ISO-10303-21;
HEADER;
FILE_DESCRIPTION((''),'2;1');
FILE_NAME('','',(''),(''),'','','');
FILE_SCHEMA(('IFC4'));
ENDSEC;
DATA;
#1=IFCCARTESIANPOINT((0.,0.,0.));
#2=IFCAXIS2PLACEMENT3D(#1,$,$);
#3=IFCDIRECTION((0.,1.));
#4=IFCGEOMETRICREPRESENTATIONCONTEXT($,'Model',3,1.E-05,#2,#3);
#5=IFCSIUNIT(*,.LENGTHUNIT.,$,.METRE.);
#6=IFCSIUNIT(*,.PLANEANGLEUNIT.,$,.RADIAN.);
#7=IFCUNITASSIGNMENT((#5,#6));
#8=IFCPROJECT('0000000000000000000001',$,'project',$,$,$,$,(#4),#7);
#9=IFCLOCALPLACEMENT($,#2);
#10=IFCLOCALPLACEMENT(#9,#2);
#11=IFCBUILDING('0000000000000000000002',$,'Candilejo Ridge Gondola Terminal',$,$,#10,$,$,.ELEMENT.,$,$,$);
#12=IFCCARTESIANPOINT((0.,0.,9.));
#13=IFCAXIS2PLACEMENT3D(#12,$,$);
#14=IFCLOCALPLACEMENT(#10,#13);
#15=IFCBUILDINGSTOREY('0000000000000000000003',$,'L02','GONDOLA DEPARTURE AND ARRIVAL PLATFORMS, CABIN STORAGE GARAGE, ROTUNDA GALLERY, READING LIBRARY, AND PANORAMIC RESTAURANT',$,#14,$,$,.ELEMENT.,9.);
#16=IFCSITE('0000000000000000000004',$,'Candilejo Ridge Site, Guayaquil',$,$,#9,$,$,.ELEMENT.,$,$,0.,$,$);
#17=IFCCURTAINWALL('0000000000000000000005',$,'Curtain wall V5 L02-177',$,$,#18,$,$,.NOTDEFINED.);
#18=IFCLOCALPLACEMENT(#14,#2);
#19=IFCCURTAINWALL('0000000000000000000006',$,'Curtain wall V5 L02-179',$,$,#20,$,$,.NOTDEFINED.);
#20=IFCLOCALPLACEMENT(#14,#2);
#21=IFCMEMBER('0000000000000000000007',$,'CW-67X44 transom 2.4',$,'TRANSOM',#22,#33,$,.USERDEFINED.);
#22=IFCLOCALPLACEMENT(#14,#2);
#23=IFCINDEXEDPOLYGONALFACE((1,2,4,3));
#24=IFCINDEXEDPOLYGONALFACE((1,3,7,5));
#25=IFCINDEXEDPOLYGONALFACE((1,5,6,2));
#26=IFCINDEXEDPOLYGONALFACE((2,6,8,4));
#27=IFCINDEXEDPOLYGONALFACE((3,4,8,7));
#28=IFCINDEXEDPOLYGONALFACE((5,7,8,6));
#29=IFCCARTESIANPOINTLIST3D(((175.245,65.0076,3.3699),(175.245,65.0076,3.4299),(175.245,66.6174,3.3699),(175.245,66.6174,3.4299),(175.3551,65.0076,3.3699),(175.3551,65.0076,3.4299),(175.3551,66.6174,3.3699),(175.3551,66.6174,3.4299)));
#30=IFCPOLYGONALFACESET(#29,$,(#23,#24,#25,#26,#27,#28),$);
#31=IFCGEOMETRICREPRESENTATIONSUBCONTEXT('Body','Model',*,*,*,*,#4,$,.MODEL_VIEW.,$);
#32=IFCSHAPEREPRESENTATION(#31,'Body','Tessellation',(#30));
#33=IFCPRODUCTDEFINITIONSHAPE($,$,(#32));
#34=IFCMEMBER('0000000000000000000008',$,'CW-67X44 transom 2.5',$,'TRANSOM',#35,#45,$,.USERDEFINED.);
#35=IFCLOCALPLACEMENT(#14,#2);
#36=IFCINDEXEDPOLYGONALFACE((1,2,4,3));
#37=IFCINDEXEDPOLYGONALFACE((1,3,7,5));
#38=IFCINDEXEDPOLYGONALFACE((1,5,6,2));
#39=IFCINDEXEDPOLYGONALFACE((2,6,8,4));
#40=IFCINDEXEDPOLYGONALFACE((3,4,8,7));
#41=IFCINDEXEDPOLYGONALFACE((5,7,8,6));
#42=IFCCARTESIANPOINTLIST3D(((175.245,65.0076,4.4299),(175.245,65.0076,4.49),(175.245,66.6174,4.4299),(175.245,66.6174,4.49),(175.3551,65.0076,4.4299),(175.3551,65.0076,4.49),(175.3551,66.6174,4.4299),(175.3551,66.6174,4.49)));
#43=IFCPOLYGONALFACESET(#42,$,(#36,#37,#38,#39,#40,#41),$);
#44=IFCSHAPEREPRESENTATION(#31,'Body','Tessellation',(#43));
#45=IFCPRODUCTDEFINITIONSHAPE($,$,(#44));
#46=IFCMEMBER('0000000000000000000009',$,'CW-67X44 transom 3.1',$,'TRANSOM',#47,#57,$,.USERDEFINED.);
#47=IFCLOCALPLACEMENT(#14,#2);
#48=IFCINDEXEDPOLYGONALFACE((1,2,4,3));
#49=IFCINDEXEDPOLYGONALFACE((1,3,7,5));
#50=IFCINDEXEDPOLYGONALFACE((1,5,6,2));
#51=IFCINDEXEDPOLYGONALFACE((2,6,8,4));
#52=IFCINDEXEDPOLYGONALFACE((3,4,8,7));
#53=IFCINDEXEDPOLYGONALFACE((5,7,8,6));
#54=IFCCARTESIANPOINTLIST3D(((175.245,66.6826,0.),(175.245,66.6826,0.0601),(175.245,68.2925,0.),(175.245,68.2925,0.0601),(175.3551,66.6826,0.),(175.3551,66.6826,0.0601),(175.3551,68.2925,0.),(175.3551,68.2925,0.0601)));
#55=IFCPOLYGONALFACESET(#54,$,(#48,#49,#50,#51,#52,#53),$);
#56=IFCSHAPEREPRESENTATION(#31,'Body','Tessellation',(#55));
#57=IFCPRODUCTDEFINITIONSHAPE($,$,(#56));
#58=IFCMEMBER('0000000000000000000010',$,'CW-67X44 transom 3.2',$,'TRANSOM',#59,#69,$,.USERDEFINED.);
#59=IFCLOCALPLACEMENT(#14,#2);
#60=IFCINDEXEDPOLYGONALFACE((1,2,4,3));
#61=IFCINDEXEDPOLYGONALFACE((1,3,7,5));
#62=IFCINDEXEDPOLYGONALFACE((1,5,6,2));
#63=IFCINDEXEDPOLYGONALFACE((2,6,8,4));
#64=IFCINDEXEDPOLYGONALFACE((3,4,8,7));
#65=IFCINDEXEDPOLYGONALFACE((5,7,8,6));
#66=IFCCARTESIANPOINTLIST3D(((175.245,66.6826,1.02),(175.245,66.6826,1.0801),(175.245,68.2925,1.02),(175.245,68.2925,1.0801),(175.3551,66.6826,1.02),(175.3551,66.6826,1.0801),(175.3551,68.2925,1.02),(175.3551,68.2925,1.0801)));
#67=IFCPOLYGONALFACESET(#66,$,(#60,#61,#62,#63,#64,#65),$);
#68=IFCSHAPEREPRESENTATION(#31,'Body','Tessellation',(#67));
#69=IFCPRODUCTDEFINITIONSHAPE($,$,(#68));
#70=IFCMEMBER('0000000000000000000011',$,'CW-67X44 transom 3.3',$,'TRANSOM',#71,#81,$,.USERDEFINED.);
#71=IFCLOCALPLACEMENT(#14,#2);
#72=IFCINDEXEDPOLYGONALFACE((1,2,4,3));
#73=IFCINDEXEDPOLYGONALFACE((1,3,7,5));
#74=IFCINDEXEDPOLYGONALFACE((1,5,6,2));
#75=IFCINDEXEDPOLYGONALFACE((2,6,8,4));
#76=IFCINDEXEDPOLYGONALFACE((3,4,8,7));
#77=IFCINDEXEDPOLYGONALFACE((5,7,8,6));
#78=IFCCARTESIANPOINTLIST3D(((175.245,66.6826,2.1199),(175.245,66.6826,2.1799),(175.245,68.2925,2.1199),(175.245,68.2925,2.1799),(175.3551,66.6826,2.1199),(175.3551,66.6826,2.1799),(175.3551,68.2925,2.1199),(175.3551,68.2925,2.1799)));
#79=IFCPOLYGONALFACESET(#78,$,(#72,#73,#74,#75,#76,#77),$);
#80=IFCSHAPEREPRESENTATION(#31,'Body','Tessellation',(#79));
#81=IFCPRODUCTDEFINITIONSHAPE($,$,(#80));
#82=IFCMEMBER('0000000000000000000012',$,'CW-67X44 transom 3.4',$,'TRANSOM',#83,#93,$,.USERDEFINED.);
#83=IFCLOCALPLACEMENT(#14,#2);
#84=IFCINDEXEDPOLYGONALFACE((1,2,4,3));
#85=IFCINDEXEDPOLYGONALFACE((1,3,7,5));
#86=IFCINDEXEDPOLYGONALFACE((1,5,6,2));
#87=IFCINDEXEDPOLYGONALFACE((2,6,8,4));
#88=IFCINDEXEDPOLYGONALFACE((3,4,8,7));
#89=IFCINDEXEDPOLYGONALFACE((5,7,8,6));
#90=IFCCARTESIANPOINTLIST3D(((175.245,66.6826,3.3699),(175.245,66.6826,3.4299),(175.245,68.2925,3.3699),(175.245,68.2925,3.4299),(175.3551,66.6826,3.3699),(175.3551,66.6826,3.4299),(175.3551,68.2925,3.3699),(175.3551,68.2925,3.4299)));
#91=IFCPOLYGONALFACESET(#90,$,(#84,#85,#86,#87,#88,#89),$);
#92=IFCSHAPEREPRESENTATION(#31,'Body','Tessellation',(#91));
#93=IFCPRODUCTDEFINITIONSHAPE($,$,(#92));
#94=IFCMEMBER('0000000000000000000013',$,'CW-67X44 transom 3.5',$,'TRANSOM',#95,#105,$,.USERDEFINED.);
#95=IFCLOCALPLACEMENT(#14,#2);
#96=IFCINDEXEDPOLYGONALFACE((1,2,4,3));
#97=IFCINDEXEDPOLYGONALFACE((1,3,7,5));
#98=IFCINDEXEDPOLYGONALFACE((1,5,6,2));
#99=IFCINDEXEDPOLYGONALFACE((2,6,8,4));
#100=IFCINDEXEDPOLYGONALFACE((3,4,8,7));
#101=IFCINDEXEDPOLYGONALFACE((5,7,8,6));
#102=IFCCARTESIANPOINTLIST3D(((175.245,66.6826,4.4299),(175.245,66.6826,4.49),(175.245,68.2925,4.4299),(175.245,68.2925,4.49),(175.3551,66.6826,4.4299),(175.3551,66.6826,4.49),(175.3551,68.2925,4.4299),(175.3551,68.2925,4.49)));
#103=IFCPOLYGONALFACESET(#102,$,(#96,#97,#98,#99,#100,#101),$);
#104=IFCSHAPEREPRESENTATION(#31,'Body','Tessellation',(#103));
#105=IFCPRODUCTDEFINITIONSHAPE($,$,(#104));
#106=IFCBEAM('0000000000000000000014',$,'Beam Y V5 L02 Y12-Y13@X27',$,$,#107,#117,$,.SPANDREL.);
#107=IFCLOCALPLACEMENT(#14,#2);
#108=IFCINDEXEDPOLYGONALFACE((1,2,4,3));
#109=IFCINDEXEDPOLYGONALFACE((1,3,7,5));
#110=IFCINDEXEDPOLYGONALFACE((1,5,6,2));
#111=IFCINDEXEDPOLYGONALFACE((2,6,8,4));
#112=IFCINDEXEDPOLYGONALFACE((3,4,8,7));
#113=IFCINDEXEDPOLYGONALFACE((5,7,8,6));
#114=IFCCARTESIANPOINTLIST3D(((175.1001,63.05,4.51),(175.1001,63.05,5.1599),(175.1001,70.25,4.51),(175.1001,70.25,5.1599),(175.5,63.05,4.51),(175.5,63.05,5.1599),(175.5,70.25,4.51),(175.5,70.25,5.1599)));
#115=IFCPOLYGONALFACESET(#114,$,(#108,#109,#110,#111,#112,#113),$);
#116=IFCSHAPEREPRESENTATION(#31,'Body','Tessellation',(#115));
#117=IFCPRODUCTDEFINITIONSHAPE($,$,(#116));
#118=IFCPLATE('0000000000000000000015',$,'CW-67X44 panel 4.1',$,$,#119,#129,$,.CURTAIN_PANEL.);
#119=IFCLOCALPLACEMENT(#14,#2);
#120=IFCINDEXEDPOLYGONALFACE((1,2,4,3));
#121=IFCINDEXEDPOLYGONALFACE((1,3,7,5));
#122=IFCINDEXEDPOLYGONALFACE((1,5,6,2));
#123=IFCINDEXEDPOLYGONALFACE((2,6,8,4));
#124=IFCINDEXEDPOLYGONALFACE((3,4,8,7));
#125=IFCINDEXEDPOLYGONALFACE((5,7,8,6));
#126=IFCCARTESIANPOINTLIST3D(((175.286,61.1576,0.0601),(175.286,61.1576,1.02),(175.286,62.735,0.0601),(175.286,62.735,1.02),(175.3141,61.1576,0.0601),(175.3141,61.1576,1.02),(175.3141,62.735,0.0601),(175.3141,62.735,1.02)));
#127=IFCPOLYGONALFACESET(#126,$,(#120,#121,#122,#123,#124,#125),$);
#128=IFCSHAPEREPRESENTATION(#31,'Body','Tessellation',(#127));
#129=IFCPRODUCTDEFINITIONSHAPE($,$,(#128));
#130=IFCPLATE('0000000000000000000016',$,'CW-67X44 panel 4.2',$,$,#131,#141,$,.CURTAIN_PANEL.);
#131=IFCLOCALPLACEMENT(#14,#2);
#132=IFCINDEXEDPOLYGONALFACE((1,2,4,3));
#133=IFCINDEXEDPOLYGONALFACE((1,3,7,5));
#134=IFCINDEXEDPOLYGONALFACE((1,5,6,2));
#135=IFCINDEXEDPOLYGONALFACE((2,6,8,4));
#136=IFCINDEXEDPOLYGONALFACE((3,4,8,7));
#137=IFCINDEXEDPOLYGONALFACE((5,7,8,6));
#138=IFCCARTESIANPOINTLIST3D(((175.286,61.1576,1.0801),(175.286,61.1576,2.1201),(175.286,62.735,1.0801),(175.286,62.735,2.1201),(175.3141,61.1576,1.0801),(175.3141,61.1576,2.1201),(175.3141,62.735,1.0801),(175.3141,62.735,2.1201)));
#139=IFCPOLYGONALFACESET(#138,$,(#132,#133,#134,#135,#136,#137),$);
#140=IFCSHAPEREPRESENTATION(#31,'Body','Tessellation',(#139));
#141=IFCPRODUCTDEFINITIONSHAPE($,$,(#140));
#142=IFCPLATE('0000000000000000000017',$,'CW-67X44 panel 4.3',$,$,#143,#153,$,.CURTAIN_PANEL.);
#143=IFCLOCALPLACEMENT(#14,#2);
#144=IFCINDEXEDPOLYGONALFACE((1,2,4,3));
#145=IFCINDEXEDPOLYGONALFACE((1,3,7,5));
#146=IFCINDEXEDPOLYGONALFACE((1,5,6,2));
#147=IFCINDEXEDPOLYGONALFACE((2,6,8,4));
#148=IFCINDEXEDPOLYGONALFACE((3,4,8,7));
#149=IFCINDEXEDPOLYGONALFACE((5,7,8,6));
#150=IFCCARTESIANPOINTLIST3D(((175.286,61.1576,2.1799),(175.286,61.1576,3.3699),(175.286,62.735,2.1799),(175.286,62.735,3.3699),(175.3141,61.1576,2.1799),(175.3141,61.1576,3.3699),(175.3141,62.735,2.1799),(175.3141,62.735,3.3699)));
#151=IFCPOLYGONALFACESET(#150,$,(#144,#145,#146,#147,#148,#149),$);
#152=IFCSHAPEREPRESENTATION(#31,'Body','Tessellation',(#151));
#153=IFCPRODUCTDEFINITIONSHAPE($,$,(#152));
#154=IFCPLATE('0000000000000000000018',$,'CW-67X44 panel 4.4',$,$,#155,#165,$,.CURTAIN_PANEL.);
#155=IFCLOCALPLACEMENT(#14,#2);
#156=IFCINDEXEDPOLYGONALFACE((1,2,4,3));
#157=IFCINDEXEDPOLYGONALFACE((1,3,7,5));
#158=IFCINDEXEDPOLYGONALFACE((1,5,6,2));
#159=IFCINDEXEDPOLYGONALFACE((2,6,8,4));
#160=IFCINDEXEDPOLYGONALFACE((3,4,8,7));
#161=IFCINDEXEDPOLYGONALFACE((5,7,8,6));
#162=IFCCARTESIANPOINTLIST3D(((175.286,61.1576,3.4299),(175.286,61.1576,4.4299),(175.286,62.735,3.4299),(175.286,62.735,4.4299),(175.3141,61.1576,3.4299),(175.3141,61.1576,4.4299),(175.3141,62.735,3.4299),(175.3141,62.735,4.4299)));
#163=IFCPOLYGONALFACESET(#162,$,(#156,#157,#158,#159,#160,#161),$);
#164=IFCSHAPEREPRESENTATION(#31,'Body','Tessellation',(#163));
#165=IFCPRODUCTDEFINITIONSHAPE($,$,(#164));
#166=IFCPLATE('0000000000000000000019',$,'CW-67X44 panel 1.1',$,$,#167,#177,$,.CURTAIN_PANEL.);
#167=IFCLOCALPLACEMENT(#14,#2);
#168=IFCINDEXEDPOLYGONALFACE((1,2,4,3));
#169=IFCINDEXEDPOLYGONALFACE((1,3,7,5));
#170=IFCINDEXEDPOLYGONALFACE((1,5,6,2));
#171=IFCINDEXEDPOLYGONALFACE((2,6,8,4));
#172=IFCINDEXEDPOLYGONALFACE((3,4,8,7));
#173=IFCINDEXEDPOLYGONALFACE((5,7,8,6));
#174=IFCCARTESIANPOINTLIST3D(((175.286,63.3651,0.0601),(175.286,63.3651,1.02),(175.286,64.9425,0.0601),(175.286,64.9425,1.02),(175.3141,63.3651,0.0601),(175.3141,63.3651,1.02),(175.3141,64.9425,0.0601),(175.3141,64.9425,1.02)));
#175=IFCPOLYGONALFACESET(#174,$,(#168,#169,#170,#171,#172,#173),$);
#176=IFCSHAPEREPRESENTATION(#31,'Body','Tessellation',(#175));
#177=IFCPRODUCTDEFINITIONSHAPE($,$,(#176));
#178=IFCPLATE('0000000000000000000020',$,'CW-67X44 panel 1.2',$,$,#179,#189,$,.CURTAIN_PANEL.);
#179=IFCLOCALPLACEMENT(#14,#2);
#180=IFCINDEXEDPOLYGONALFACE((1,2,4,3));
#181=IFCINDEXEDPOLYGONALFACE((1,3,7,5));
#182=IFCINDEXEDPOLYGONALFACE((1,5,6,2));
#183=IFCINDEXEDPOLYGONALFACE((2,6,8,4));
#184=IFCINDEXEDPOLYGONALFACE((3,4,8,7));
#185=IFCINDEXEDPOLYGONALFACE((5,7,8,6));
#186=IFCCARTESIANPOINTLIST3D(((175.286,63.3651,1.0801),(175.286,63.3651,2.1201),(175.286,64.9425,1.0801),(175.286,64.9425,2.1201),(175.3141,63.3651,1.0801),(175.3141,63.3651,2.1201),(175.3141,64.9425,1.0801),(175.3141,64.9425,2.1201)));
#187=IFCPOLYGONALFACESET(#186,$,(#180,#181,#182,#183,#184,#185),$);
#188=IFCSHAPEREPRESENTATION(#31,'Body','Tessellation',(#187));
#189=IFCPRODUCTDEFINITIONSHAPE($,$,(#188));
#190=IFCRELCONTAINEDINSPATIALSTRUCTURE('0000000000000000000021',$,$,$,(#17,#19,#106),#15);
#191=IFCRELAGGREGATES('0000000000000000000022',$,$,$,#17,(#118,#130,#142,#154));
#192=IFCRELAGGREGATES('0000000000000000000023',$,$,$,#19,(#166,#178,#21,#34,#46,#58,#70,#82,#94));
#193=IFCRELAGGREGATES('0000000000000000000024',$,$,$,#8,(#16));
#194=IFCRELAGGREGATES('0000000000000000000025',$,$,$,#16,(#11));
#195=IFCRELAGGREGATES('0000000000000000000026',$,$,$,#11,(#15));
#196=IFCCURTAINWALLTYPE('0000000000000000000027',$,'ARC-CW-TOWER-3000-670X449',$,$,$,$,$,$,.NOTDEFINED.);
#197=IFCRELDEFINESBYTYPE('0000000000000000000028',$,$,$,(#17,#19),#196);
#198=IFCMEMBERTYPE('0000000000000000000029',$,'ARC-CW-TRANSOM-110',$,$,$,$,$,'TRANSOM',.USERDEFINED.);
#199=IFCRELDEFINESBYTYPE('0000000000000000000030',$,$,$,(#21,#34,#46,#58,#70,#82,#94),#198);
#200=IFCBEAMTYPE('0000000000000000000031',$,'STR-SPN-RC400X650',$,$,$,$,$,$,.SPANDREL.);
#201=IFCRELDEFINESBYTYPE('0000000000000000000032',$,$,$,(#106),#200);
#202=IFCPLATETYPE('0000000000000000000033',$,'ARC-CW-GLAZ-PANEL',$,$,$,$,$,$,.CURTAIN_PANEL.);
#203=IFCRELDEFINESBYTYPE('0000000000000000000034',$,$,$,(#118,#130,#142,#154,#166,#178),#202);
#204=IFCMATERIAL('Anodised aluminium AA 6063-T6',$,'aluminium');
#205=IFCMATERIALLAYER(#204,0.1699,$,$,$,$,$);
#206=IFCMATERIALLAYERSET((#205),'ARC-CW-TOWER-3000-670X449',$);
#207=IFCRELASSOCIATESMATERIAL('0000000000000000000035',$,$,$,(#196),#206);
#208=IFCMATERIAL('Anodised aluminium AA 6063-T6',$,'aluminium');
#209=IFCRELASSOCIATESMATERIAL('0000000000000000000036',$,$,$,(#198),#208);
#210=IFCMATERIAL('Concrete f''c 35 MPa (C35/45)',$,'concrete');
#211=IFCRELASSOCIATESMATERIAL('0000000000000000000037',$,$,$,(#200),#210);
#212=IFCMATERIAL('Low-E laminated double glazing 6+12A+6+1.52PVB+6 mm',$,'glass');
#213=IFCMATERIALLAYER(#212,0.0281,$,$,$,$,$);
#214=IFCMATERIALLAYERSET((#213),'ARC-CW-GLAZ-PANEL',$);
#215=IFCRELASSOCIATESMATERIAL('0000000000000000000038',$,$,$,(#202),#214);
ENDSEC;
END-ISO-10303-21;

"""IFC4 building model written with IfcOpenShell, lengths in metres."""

from ifc_helpers import new_model, si_unit, direction, frame, origin, origin_2d, place, context, subcontext, project, spatial, rectangle, extrude, material, layer, layer_set, material_profile, profile_set, type_object, element, aggregate, save


model = new_model("IFC4")

# Units and contexts
model_context = context("Model", 3, precision=1e-05, world=origin(), true_north=direction((0.0, 1.0)))
body_context = subcontext(model_context, "Body", "Model", "MODEL_VIEW")
ifc_project = project(units=[si_unit("LENGTHUNIT", "METRE"), si_unit("PLANEANGLEUNIT", "RADIAN")], contexts=[model_context])

# Site, building, storey
site_placement = place(None, origin())
site = spatial("IfcSite", under=ifc_project, at=site_placement, Name="Candilejo Ridge Site, Guayaquil", CompositionType="ELEMENT", RefElevation=0.0)
building_placement = place(site_placement, origin())
building = spatial("IfcBuilding", under=site, at=building_placement, Name="Candilejo Ridge Gondola Terminal", CompositionType="ELEMENT")
storey_placement = place(building_placement, frame((0.0, 0.0, 9.0)))
storey = spatial("IfcBuildingStorey", under=building, at=storey_placement, Name="L02", Description="GONDOLA DEPARTURE AND ARRIVAL PLATFORMS, CABIN STORAGE GARAGE, ROTUNDA GALLERY, READING LIBRARY, AND PANORAMIC RESTAURANT", CompositionType="ELEMENT", Elevation=9.0)

# Curtain wall
ifc_material_1 = material(Name="Anodised aluminium AA 6063-T6", Category="aluminium")
ifc_layer_1 = layer(ifc_material_1, 0.1699)
ifc_layer_set_1 = layer_set([ifc_layer_1], Name="ARC-CW-TOWER-3000-670X449")
curtain_wall_type = type_object("IfcCurtainWallType", Name="ARC-CW-TOWER-3000-670X449", PredefinedType="NOTDEFINED", material=ifc_layer_set_1)
curtain_wall_1_placement = place(storey_placement, origin())
curtain_wall_1 = element("IfcCurtainWall", 1, at=curtain_wall_1_placement, inside=storey, type_object=curtain_wall_type, Name="Curtain wall V5 L02-177", PredefinedType="NOTDEFINED")

# Curtain wall
curtain_wall_2_placement = place(storey_placement, origin())
curtain_wall_2 = element("IfcCurtainWall", 2, at=curtain_wall_2_placement, inside=storey, type_object=curtain_wall_type, Name="Curtain wall V5 L02-179", PredefinedType="NOTDEFINED")

# Members
ifc_material_2 = material(Name="Anodised aluminium AA 6063-T6", Category="aluminium")
ifc_material_profile_1 = material_profile(ifc_material_2, rectangle(XDim=0.1101, YDim=0.0601, at=origin_2d()))
ifc_profile_set_1 = profile_set([ifc_material_profile_1], Name="Anodised aluminium AA 6063-T6")
member_type_1 = type_object("IfcMemberType", Name="ARC-CW-TRANSOM-110", ElementType="TRANSOM", PredefinedType="USERDEFINED", material=ifc_profile_set_1)
member_1_placement = place(storey_placement, frame((175.3, 65.0076, 3.3999), z_axis=(0.0, 1.0, 0.0), x_axis=(-1.0, 0.0, 0.0)))
member_1 = element("IfcMember", 3, at=member_1_placement, type_object=member_type_1, Name="CW-67X44 transom 2.4", ObjectType="TRANSOM", PredefinedType="USERDEFINED", context=body_context, shape_type="SweptSolid", body=[
    extrude(rectangle(XDim=0.1101, YDim=0.0601, at=origin_2d()), origin(), (0.0, 0.0, 1.0), 1.6099),
])
member_2_placement = place(storey_placement, frame((175.3, 65.0076, 4.46), z_axis=(0.0, 1.0, 0.0), x_axis=(-1.0, 0.0, 0.0)))
member_2 = element("IfcMember", 4, at=member_2_placement, type_object=member_type_1, Name="CW-67X44 transom 2.5", ObjectType="TRANSOM", PredefinedType="USERDEFINED", context=body_context, shape_type="SweptSolid", body=[
    extrude(rectangle(XDim=0.1101, YDim=0.0601, at=origin_2d()), origin(), (0.0, 0.0, 1.0), 1.6099),
])
member_3_placement = place(storey_placement, frame((175.3, 66.6826, 0.03), z_axis=(0.0, 1.0, 0.0), x_axis=(-1.0, 0.0, 0.0)))
member_3 = element("IfcMember", 5, at=member_3_placement, type_object=member_type_1, Name="CW-67X44 transom 3.1", ObjectType="TRANSOM", PredefinedType="USERDEFINED", context=body_context, shape_type="SweptSolid", body=[
    extrude(rectangle(XDim=0.1101, YDim=0.0601, at=origin_2d()), origin(), (0.0, 0.0, 1.0), 1.6099),
])
member_4_placement = place(storey_placement, frame((175.3, 66.6826, 1.05), z_axis=(0.0, 1.0, 0.0), x_axis=(-1.0, 0.0, 0.0)))
member_4 = element("IfcMember", 6, at=member_4_placement, type_object=member_type_1, Name="CW-67X44 transom 3.2", ObjectType="TRANSOM", PredefinedType="USERDEFINED", context=body_context, shape_type="SweptSolid", body=[
    extrude(rectangle(XDim=0.1101, YDim=0.0601, at=origin_2d()), origin(), (0.0, 0.0, 1.0), 1.6099),
])
member_5_placement = place(storey_placement, frame((175.3, 66.6826, 2.1499), z_axis=(0.0, 1.0, 0.0), x_axis=(-1.0, 0.0, 0.0)))
member_5 = element("IfcMember", 7, at=member_5_placement, type_object=member_type_1, Name="CW-67X44 transom 3.3", ObjectType="TRANSOM", PredefinedType="USERDEFINED", context=body_context, shape_type="SweptSolid", body=[
    extrude(rectangle(XDim=0.1101, YDim=0.0601, at=origin_2d()), origin(), (0.0, 0.0, 1.0), 1.6099),
])
member_6_placement = place(storey_placement, frame((175.3, 66.6826, 3.3999), z_axis=(0.0, 1.0, 0.0), x_axis=(-1.0, 0.0, 0.0)))
member_6 = element("IfcMember", 8, at=member_6_placement, type_object=member_type_1, Name="CW-67X44 transom 3.4", ObjectType="TRANSOM", PredefinedType="USERDEFINED", context=body_context, shape_type="SweptSolid", body=[
    extrude(rectangle(XDim=0.1101, YDim=0.0601, at=origin_2d()), origin(), (0.0, 0.0, 1.0), 1.6099),
])
member_7_placement = place(storey_placement, frame((175.3, 66.6826, 4.46), z_axis=(0.0, 1.0, 0.0), x_axis=(-1.0, 0.0, 0.0)))
member_7 = element("IfcMember", 9, at=member_7_placement, type_object=member_type_1, Name="CW-67X44 transom 3.5", ObjectType="TRANSOM", PredefinedType="USERDEFINED", context=body_context, shape_type="SweptSolid", body=[
    extrude(rectangle(XDim=0.1101, YDim=0.0601, at=origin_2d()), origin(), (0.0, 0.0, 1.0), 1.6099),
])

# Beam
ifc_material_3 = material(Name="Concrete f'c 35 MPa (C35/45)", Category="concrete")
ifc_material_profile_2 = material_profile(ifc_material_3, rectangle(XDim=0.3999, YDim=0.6499, at=origin_2d()))
ifc_profile_set_2 = profile_set([ifc_material_profile_2], Name="Concrete f'c 35 MPa (C35/45)")
beam_type = type_object("IfcBeamType", Name="STR-SPN-RC400X650", PredefinedType="SPANDREL", material=ifc_profile_set_2)
beam_placement = place(storey_placement, frame((175.3, 63.05, 4.835), z_axis=(0.0, 1.0, 0.0), x_axis=(-1.0, 0.0, 0.0)))
element("IfcBeam", 10, at=beam_placement, inside=storey, type_object=beam_type, Name="Beam Y V5 L02 Y12-Y13@X27", PredefinedType="SPANDREL", context=body_context, shape_type="SweptSolid", body=[
    extrude(rectangle(XDim=0.3999, YDim=0.6499, at=origin_2d()), origin(), (0.0, 0.0, 1.0), 7.2),
])

# Plates
ifc_material_4 = material(Name="Low-E laminated double glazing 6+12A+6+1.52PVB+6 mm", Category="glass")
ifc_layer_2 = layer(ifc_material_4, 0.0281)
ifc_layer_set_2 = layer_set([ifc_layer_2], Name="ARC-CW-GLAZ-PANEL")
plate_type = type_object("IfcPlateType", Name="ARC-CW-GLAZ-PANEL", PredefinedType="CURTAIN_PANEL", material=ifc_layer_set_2)
plate_1_placement = place(storey_placement, frame((175.3, 61.9463, 0.0601), z_axis=(0.0, 0.0, 1.0), x_axis=(0.0, 1.0, 0.0)))
plate_1 = element("IfcPlate", 11, at=plate_1_placement, type_object=plate_type, Name="CW-67X44 panel 4.1", PredefinedType="CURTAIN_PANEL", context=body_context, shape_type="SweptSolid", body=[
    extrude(rectangle(XDim=1.5774, YDim=0.0281, at=origin_2d()), origin(), (0.0, 0.0, 1.0), 0.96),
])
plate_2_placement = place(storey_placement, frame((175.3, 61.9463, 1.0801), z_axis=(0.0, 0.0, 1.0), x_axis=(0.0, 1.0, 0.0)))
plate_2 = element("IfcPlate", 12, at=plate_2_placement, type_object=plate_type, Name="CW-67X44 panel 4.2", PredefinedType="CURTAIN_PANEL", context=body_context, shape_type="SweptSolid", body=[
    extrude(rectangle(XDim=1.5774, YDim=0.0281, at=origin_2d()), origin(), (0.0, 0.0, 1.0), 1.04),
])
plate_3_placement = place(storey_placement, frame((175.3, 61.9463, 2.1799), z_axis=(0.0, 0.0, 1.0), x_axis=(0.0, 1.0, 0.0)))
plate_3 = element("IfcPlate", 13, at=plate_3_placement, type_object=plate_type, Name="CW-67X44 panel 4.3", PredefinedType="CURTAIN_PANEL", context=body_context, shape_type="SweptSolid", body=[
    extrude(rectangle(XDim=1.5774, YDim=0.0281, at=origin_2d()), origin(), (0.0, 0.0, 1.0), 1.1899),
])
plate_4_placement = place(storey_placement, frame((175.3, 61.9463, 3.4299), z_axis=(0.0, 0.0, 1.0), x_axis=(0.0, 1.0, 0.0)))
plate_4 = element("IfcPlate", 14, at=plate_4_placement, type_object=plate_type, Name="CW-67X44 panel 4.4", PredefinedType="CURTAIN_PANEL", context=body_context, shape_type="SweptSolid", body=[
    extrude(rectangle(XDim=1.5774, YDim=0.0281, at=origin_2d()), origin(), (0.0, 0.0, 1.0), 1.0),
])
aggregate(curtain_wall_1, [plate_1, plate_2, plate_3, plate_4])
plate_5_placement = place(storey_placement, frame((175.3, 64.1538, 0.0601), z_axis=(0.0, 0.0, 1.0), x_axis=(0.0, 1.0, 0.0)))
plate_5 = element("IfcPlate", 15, at=plate_5_placement, type_object=plate_type, Name="CW-67X44 panel 1.1", PredefinedType="CURTAIN_PANEL", context=body_context, shape_type="SweptSolid", body=[
    extrude(rectangle(XDim=1.5774, YDim=0.0281, at=origin_2d()), origin(), (0.0, 0.0, 1.0), 0.96),
])
plate_6_placement = place(storey_placement, frame((175.3, 64.1538, 1.0801), z_axis=(0.0, 0.0, 1.0), x_axis=(0.0, 1.0, 0.0)))
plate_6 = element("IfcPlate", 16, at=plate_6_placement, type_object=plate_type, Name="CW-67X44 panel 1.2", PredefinedType="CURTAIN_PANEL", context=body_context, shape_type="SweptSolid", body=[
    extrude(rectangle(XDim=1.5774, YDim=0.0281, at=origin_2d()), origin(), (0.0, 0.0, 1.0), 1.04),
])
aggregate(curtain_wall_2, [plate_5, plate_6, member_1, member_2, member_3, member_4, member_5, member_6, member_7])

save(model, "model.ifc")
